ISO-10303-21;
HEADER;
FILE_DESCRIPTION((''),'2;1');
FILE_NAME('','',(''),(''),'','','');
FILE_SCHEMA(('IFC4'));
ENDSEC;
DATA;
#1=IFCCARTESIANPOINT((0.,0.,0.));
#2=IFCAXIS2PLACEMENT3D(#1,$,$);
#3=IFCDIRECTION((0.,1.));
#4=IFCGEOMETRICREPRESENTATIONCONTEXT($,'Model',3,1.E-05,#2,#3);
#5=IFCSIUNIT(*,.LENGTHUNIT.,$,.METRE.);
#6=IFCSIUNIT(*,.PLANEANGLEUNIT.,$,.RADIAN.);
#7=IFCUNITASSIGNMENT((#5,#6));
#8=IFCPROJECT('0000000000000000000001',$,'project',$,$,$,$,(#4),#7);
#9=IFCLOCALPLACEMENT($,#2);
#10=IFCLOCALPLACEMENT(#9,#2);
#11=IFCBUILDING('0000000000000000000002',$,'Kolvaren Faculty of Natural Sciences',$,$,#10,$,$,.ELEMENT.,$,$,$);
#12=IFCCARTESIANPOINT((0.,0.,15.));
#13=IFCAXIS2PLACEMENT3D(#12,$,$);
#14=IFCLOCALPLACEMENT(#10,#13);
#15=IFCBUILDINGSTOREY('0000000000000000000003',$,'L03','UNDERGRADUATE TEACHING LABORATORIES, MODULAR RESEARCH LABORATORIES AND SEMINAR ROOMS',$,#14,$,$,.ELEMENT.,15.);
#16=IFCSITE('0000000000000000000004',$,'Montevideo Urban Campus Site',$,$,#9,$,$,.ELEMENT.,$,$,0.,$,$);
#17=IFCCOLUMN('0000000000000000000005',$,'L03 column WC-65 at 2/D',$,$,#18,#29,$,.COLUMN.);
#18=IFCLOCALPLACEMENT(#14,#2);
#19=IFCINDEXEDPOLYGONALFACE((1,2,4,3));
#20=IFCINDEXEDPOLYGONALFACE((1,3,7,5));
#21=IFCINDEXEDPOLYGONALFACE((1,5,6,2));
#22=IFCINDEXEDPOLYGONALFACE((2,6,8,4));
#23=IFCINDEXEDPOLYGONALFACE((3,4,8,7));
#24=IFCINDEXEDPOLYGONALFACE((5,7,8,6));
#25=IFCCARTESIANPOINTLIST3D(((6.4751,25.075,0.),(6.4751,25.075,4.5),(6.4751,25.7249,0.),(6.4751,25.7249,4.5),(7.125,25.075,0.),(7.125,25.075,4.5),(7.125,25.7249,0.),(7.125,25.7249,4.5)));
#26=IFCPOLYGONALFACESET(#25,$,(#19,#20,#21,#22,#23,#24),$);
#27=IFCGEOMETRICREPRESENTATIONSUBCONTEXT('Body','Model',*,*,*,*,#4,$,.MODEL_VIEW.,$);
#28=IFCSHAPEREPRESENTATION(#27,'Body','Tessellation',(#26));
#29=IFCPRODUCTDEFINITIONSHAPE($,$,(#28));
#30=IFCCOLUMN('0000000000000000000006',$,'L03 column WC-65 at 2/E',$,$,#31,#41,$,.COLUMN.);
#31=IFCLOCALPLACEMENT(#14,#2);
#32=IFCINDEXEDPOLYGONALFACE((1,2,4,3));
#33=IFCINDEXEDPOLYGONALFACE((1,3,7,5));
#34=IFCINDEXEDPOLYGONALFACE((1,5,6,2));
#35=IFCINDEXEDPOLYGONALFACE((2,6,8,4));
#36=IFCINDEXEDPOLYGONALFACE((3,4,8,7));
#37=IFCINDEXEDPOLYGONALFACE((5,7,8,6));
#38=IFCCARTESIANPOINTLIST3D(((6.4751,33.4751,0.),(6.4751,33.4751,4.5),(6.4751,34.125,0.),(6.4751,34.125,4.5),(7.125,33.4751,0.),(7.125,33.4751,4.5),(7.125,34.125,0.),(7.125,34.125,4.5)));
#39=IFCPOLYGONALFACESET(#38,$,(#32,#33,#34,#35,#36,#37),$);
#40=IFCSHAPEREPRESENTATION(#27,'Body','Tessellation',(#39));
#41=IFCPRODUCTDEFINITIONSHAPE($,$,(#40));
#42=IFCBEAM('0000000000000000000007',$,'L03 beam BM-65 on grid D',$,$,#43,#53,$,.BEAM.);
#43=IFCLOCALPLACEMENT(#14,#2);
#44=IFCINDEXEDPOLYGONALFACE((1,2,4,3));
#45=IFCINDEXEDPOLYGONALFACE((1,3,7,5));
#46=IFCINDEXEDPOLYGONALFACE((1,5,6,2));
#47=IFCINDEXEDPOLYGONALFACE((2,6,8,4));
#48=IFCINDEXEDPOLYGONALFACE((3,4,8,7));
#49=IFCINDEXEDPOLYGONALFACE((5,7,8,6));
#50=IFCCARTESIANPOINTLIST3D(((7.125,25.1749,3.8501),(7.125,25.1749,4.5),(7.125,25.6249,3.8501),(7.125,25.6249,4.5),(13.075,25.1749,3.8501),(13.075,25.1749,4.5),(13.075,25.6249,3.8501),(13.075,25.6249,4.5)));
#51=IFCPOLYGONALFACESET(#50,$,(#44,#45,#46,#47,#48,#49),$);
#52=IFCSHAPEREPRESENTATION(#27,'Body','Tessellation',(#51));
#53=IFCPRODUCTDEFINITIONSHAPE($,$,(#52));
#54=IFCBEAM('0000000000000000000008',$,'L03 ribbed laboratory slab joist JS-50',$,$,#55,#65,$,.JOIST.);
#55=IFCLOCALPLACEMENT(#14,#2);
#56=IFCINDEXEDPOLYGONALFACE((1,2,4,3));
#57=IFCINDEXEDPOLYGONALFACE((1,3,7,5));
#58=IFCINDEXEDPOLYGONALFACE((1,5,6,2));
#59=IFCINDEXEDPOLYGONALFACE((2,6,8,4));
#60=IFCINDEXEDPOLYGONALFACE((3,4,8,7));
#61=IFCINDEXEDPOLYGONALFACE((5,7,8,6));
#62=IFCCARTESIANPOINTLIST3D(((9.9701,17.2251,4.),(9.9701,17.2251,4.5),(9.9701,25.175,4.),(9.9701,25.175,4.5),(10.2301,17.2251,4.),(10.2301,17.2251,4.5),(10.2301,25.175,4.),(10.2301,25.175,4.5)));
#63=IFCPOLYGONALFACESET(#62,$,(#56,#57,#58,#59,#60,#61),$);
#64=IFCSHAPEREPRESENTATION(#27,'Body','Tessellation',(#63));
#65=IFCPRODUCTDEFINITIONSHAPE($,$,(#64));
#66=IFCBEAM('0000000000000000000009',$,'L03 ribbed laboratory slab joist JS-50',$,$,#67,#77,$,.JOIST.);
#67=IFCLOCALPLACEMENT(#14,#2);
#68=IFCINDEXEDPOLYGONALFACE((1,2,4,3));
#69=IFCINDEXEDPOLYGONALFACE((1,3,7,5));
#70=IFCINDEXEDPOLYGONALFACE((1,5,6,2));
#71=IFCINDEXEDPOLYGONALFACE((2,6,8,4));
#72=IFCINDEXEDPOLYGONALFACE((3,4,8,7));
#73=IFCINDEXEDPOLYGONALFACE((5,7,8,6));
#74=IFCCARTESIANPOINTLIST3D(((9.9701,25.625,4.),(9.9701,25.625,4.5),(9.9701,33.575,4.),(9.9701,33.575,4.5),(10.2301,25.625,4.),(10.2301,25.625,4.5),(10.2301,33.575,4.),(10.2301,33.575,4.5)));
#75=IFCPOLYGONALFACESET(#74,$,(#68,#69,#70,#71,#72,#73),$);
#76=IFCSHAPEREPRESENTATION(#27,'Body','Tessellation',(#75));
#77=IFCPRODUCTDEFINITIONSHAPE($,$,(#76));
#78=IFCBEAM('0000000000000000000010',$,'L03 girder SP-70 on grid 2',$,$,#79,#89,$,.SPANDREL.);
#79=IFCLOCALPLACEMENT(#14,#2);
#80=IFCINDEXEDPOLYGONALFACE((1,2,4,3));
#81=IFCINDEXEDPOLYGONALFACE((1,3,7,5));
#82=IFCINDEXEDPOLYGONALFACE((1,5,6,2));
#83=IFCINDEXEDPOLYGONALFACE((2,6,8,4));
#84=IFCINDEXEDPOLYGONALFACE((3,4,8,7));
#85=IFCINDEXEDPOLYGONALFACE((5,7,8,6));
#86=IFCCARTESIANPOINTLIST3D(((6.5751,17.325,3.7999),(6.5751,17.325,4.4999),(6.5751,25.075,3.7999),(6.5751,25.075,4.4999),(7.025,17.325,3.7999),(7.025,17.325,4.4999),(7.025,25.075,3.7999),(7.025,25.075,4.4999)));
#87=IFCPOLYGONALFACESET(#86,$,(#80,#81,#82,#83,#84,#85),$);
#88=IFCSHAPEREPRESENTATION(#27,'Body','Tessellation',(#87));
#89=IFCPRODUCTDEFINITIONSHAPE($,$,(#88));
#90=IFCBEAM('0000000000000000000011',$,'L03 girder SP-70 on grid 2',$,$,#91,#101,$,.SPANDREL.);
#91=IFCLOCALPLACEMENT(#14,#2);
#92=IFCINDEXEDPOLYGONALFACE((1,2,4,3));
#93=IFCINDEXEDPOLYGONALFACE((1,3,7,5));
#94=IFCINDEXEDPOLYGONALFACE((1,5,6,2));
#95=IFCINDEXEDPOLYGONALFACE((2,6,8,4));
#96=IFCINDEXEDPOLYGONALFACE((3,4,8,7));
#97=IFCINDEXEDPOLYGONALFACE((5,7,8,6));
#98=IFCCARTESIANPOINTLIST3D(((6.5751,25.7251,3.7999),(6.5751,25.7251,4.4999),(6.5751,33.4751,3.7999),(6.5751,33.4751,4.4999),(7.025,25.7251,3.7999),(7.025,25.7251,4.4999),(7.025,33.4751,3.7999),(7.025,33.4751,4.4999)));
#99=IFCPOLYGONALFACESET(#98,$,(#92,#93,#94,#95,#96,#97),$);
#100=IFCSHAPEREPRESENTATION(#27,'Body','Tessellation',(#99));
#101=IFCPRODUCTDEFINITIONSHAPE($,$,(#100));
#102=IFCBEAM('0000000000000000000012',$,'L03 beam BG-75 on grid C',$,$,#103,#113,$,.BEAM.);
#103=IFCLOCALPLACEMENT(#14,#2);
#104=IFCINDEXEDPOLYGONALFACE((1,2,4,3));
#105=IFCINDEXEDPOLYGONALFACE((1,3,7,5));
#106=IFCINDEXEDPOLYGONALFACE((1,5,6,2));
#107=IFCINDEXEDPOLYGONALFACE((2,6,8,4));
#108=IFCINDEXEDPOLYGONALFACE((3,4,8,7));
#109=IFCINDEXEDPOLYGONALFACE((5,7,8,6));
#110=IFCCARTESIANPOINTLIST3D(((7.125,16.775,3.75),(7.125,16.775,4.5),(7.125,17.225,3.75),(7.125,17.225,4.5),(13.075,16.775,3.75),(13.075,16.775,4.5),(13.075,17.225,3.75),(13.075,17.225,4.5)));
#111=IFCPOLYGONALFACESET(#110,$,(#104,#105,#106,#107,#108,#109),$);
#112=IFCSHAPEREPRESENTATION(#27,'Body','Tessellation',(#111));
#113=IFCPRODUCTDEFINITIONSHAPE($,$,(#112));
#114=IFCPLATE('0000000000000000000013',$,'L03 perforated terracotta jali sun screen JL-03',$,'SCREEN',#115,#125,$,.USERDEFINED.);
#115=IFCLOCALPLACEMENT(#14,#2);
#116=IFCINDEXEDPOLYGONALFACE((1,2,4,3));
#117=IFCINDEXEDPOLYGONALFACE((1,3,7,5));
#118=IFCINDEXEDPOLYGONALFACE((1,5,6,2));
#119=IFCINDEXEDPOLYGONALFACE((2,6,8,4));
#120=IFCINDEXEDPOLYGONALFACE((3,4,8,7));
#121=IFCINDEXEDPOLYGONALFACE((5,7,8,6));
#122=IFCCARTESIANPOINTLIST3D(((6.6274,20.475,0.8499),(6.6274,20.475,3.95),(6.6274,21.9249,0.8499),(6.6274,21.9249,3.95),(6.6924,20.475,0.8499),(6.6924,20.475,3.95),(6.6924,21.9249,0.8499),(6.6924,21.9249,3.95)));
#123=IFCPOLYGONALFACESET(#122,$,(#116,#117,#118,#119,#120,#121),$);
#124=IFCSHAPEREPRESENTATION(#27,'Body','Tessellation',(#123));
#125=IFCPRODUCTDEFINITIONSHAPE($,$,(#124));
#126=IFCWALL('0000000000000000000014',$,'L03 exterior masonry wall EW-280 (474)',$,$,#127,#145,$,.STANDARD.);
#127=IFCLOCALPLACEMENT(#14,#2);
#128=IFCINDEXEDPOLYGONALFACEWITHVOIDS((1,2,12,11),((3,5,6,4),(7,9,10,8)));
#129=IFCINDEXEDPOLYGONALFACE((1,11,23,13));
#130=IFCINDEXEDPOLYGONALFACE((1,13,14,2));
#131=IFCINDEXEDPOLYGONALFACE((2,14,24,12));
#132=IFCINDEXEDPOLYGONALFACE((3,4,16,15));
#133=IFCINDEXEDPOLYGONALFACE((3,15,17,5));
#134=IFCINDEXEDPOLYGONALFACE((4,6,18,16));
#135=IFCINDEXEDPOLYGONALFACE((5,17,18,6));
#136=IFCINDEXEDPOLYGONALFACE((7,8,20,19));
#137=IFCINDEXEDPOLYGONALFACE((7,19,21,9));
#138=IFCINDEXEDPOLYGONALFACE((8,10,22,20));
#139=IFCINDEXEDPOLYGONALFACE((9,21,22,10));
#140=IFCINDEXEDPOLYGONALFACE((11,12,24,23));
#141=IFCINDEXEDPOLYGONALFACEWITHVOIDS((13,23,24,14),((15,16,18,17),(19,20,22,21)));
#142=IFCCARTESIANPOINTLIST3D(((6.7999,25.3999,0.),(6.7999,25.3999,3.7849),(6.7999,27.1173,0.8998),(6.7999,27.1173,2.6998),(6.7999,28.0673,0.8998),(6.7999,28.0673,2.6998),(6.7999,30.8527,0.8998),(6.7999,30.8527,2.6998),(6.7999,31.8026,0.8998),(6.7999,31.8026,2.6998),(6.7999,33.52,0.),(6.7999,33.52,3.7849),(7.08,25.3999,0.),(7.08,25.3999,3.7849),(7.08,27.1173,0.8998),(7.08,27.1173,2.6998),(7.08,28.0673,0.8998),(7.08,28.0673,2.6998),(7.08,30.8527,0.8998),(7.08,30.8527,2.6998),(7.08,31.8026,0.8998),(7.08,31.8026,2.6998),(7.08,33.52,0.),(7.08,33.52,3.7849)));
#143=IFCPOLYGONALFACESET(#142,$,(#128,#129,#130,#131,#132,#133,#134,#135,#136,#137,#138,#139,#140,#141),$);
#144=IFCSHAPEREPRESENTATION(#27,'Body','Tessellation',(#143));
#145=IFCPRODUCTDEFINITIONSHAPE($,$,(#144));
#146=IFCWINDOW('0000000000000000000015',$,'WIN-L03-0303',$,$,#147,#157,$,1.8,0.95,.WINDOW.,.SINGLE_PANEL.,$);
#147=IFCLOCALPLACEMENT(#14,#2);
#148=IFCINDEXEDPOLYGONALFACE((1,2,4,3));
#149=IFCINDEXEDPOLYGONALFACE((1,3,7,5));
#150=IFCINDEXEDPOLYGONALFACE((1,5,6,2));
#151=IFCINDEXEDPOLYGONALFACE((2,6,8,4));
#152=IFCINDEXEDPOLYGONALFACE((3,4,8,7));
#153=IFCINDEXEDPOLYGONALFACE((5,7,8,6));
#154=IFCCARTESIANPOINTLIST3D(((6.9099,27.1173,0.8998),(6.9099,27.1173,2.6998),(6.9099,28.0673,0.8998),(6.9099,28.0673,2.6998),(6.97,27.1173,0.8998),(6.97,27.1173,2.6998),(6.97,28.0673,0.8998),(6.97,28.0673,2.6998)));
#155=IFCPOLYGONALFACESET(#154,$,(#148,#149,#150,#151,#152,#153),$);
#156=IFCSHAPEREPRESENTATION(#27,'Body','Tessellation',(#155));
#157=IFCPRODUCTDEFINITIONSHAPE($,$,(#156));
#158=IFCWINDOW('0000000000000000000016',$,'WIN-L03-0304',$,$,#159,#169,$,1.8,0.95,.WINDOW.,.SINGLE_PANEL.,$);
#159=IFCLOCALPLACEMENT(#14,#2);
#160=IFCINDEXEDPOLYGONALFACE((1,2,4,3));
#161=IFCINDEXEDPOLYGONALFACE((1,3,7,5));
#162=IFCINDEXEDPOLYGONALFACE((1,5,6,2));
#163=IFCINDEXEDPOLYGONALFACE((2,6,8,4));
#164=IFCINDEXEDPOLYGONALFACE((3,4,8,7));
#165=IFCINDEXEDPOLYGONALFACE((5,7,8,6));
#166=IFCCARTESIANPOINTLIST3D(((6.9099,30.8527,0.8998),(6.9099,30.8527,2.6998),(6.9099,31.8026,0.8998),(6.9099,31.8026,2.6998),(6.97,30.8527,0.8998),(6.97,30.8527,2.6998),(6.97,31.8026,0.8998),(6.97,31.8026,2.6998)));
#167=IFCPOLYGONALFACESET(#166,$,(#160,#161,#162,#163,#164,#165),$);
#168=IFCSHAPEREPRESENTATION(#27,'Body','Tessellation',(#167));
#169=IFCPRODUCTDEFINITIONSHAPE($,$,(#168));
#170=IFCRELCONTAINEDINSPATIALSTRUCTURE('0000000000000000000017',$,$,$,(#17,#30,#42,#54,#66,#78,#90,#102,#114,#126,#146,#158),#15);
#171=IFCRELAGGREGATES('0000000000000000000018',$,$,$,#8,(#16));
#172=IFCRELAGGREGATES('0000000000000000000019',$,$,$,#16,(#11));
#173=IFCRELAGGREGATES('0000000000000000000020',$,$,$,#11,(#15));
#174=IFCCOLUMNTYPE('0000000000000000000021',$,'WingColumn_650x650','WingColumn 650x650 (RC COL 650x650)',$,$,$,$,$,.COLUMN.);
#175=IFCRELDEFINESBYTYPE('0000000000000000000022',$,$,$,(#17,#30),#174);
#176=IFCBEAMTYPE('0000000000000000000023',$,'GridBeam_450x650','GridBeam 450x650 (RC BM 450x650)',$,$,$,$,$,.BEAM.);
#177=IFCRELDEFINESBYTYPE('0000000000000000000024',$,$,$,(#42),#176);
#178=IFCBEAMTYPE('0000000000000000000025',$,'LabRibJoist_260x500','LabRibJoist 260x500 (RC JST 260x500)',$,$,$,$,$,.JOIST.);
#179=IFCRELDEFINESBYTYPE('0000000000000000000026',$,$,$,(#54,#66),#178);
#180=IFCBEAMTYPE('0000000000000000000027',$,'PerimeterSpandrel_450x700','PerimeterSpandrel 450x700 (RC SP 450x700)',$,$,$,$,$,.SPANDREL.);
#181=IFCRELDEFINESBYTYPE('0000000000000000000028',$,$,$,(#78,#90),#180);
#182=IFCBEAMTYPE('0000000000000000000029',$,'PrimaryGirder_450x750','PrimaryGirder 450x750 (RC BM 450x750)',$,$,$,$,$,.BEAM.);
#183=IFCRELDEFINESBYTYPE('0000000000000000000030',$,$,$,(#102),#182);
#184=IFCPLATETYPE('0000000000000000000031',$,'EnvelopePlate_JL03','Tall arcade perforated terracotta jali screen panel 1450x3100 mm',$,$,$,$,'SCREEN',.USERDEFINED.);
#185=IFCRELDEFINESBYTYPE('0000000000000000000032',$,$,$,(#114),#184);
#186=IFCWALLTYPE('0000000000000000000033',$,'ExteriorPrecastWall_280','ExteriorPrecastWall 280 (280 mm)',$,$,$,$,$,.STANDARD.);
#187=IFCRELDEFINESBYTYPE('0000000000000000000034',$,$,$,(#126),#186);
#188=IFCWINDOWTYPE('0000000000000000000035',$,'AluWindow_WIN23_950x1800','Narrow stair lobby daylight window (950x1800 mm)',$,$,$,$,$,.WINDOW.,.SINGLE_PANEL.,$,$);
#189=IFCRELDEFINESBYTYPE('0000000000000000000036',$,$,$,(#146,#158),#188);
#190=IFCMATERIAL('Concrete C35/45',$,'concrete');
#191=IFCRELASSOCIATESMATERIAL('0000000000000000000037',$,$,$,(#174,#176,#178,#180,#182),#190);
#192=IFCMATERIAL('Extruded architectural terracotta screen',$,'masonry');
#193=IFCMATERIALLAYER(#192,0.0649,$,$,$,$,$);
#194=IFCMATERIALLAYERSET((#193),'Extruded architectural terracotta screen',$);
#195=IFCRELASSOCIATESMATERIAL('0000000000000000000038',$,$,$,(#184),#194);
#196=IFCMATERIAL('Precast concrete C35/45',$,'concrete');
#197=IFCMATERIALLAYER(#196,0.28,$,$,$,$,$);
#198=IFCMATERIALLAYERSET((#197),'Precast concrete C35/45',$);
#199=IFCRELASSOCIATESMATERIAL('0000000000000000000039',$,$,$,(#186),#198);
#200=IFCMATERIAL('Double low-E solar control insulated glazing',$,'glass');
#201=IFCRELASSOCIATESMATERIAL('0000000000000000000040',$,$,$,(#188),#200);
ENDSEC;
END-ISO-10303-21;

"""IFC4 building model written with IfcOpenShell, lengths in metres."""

from ifc_helpers import new_model, si_unit, direction, frame, frame_2d, origin, origin_2d, place, context, subcontext, project, spatial, rectangle, extrude, material, layer, layer_set, material_profile, profile_set, type_object, element, fill, save


model = new_model("IFC4")

# Units and contexts
model_context = context("Model", 3, precision=1e-05, world=origin(), true_north=direction((0.0, 1.0)))
body_context = subcontext(model_context, "Body", "Model", "MODEL_VIEW")
ifc_project = project(units=[si_unit("LENGTHUNIT", "METRE"), si_unit("PLANEANGLEUNIT", "RADIAN")], contexts=[model_context])

# Site, building, storey
site_placement = place(None, origin())
site = spatial("IfcSite", under=ifc_project, at=site_placement, Name="Montevideo Urban Campus Site", CompositionType="ELEMENT", RefElevation=0.0)
building_placement = place(site_placement, origin())
building = spatial("IfcBuilding", under=site, at=building_placement, Name="Kolvaren Faculty of Natural Sciences", CompositionType="ELEMENT")
storey_placement = place(building_placement, frame((0.0, 0.0, 15.0)))
storey = spatial("IfcBuildingStorey", under=building, at=storey_placement, Name="L03", Description="UNDERGRADUATE TEACHING LABORATORIES, MODULAR RESEARCH LABORATORIES AND SEMINAR ROOMS", CompositionType="ELEMENT", Elevation=15.0)

# Columns
ifc_material_1 = material(Name="Concrete C35/45", Category="concrete")
ifc_material_profile_1 = material_profile(ifc_material_1, rectangle(XDim=0.6499, YDim=0.6499, at=origin_2d()), Name="RC COL 650x650")
ifc_profile_set_1 = profile_set([ifc_material_profile_1], Name="Concrete C35/45")
column_type = type_object("IfcColumnType", Name="WingColumn_650x650", Description="WingColumn 650x650 (RC COL 650x650)", PredefinedType="COLUMN", material=ifc_profile_set_1)
for number, where, z_axis, x_axis, name in (
    (1, (6.8, 25.3999, 0.0), (0.0, 0.0, 1.0), (1.0, 0.0, 0.0), "L03 column WC-65 at 2/D"),
    (2, (6.8, 33.8, 0.0), (0.0, 0.0, 1.0), (1.0, 0.0, 0.0), "L03 column WC-65 at 2/E"),
):
    element("IfcColumn", number, at=place(storey_placement, frame(where, z_axis=z_axis, x_axis=x_axis)), inside=storey, type_object=column_type, Name=name, PredefinedType="COLUMN", context=body_context, shape_type="SweptSolid", body=[
        extrude(rectangle(XDim=0.6499, YDim=0.6499, at=origin_2d()), origin(), (0.0, 0.0, 1.0), 4.5),
    ])

# Beams
ifc_material_profile_2 = material_profile(ifc_material_1, rectangle(XDim=0.45, YDim=0.6499, at=origin_2d()), Name="RC BM 450x650")
ifc_profile_set_2 = profile_set([ifc_material_profile_2], Name="Concrete C35/45")
beam_type_1 = type_object("IfcBeamType", Name="GridBeam_450x650", Description="GridBeam 450x650 (RC BM 450x650)", PredefinedType="BEAM", material=ifc_profile_set_2)
beam_1_placement = place(storey_placement, frame((7.125, 25.3999, 4.175), z_axis=(1.0, 0.0, 0.0), x_axis=(0.0, 1.0, 0.0)))
element("IfcBeam", 3, at=beam_1_placement, inside=storey, type_object=beam_type_1, Name="L03 beam BM-65 on grid D", PredefinedType="BEAM", context=body_context, shape_type="SweptSolid", body=[
    extrude(rectangle(XDim=0.45, YDim=0.6499, at=origin_2d()), origin(), (0.0, 0.0, 1.0), 5.95),
])
ifc_material_profile_3 = material_profile(ifc_material_1, rectangle(XDim=0.26, YDim=0.5, at=origin_2d()), Name="RC JST 260x500")
ifc_profile_set_3 = profile_set([ifc_material_profile_3], Name="Concrete C35/45")
beam_type_2 = type_object("IfcBeamType", Name="LabRibJoist_260x500", Description="LabRibJoist 260x500 (RC JST 260x500)", PredefinedType="JOIST", material=ifc_profile_set_3)
for number, where, z_axis, x_axis, name in (
    (4, (10.1001, 17.2251, 4.25), (0.0, 1.0, 0.0), (-1.0, 0.0, 0.0), "L03 ribbed laboratory slab joist JS-50"),
    (5, (10.1001, 25.625, 4.25), (0.0, 1.0, 0.0), (-1.0, 0.0, 0.0), "L03 ribbed laboratory slab joist JS-50"),
):
    element("IfcBeam", number, at=place(storey_placement, frame(where, z_axis=z_axis, x_axis=x_axis)), inside=storey, type_object=beam_type_2, Name=name, PredefinedType="JOIST", context=body_context, shape_type="SweptSolid", body=[
        extrude(rectangle(XDim=0.26, YDim=0.5, at=origin_2d()), origin(), (0.0, 0.0, 1.0), 7.95),
    ])
ifc_material_profile_4 = material_profile(ifc_material_1, rectangle(XDim=0.45, YDim=0.7, at=origin_2d()), Name="RC SP 450x700")
ifc_profile_set_4 = profile_set([ifc_material_profile_4], Name="Concrete C35/45")
beam_type_3 = type_object("IfcBeamType", Name="PerimeterSpandrel_450x700", Description="PerimeterSpandrel 450x700 (RC SP 450x700)", PredefinedType="SPANDREL", material=ifc_profile_set_4)
for number, where, z_axis, x_axis, name in (
    (6, (6.8, 17.325, 4.1499), (0.0, 1.0, 0.0), (-1.0, 0.0, 0.0), "L03 girder SP-70 on grid 2"),
    (7, (6.8, 25.7251, 4.1499), (0.0, 1.0, 0.0), (-1.0, 0.0, 0.0), "L03 girder SP-70 on grid 2"),
):
    element("IfcBeam", number, at=place(storey_placement, frame(where, z_axis=z_axis, x_axis=x_axis)), inside=storey, type_object=beam_type_3, Name=name, PredefinedType="SPANDREL", context=body_context, shape_type="SweptSolid", body=[
        extrude(rectangle(XDim=0.45, YDim=0.7, at=origin_2d()), origin(), (0.0, 0.0, 1.0), 7.75),
    ])
ifc_material_profile_5 = material_profile(ifc_material_1, rectangle(XDim=0.45, YDim=0.75, at=origin_2d()), Name="RC BM 450x750")
ifc_profile_set_5 = profile_set([ifc_material_profile_5], Name="Concrete C35/45")
beam_type_4 = type_object("IfcBeamType", Name="PrimaryGirder_450x750", Description="PrimaryGirder 450x750 (RC BM 450x750)", PredefinedType="BEAM", material=ifc_profile_set_5)
beam_2_placement = place(storey_placement, frame((7.125, 17.0, 4.125), z_axis=(1.0, 0.0, 0.0), x_axis=(0.0, 1.0, 0.0)))
element("IfcBeam", 8, at=beam_2_placement, inside=storey, type_object=beam_type_4, Name="L03 beam BG-75 on grid C", PredefinedType="BEAM", context=body_context, shape_type="SweptSolid", body=[
    extrude(rectangle(XDim=0.45, YDim=0.75, at=origin_2d()), origin(), (0.0, 0.0, 1.0), 5.95),
])

# Plate
ifc_material_2 = material(Name="Extruded architectural terracotta screen", Category="masonry")
ifc_layer_1 = layer(ifc_material_2, 0.0649)
ifc_layer_set_1 = layer_set([ifc_layer_1], Name="Extruded architectural terracotta screen")
plate_type = type_object("IfcPlateType", Name="EnvelopePlate_JL03", Description="Tall arcade perforated terracotta jali screen panel 1450x3100 mm", ElementType="SCREEN", PredefinedType="USERDEFINED", material=ifc_layer_set_1)
plate_placement = place(storey_placement, frame((6.6599, 21.2, 0.8499), z_axis=(0.0, 0.0, 1.0), x_axis=(0.0, 1.0, 0.0)))
element("IfcPlate", 9, at=plate_placement, inside=storey, type_object=plate_type, Name="L03 perforated terracotta jali sun screen JL-03", ObjectType="SCREEN", PredefinedType="USERDEFINED", context=body_context, shape_type="SweptSolid", body=[
    extrude(rectangle(XDim=1.45, YDim=0.0649, at=origin_2d()), origin(), (0.0, 0.0, 1.0), 3.1001),
])

# Wall, openings, windows
ifc_material_3 = material(Name="Precast concrete C35/45", Category="concrete")
ifc_layer_2 = layer(ifc_material_3, 0.28)
ifc_layer_set_2 = layer_set([ifc_layer_2], Name="Precast concrete C35/45")
wall_type_1 = type_object("IfcWallType", Name="ExteriorPrecastWall_280", Description="ExteriorPrecastWall 280 (280 mm)", PredefinedType="STANDARD", material=ifc_layer_set_2)
wall_1_placement = place(storey_placement, frame((6.9399, 25.3999, 0.0), z_axis=(0.0, 0.0, 1.0), x_axis=(0.0, 1.0, 0.0)))
wall_1 = element("IfcWall", 10, at=wall_1_placement, inside=storey, type_object=wall_type_1, Name="L03 exterior masonry wall EW-280 (474)", PredefinedType="STANDARD", context=body_context, shape_type="SweptSolid", body=[
    extrude(rectangle(XDim=8.1201, YDim=0.28, at=frame_2d((4.0601, 0.0))), origin(), (0.0, 0.0, 1.0), 3.7849),
])
opening_1_placement = place(wall_1_placement, frame((1.7173, 0.0, 0.8999)))
opening_1 = element("IfcOpeningElement", 11, at=opening_1_placement, cuts=wall_1, PredefinedType="OPENING", context=body_context, shape_type="SweptSolid", body=[
    extrude(rectangle(XDim=0.95, YDim=1.8, at=frame_2d((0.4751, 0.8999))), frame((0.0, 0.1499, 0.0), z_axis=(0.0, -1.0, 0.0), x_axis=(1.0, 0.0, 0.0)), (0.0, 0.0, 1.0), 0.3),
])
opening_2_placement = place(wall_1_placement, frame((5.4526, 0.0, 0.8999)))
opening_2 = element("IfcOpeningElement", 12, at=opening_2_placement, cuts=wall_1, PredefinedType="OPENING", context=body_context, shape_type="SweptSolid", body=[
    extrude(rectangle(XDim=0.95, YDim=1.8, at=frame_2d((0.4751, 0.8999))), frame((0.0, 0.1499, 0.0), z_axis=(0.0, -1.0, 0.0), x_axis=(1.0, 0.0, 0.0)), (0.0, 0.0, 1.0), 0.3),
])
ifc_material_4 = material(Name="Double low-E solar control insulated glazing", Category="glass")
window_type = type_object("IfcWindowType", Name="AluWindow_WIN23_950x1800", Description="Narrow stair lobby daylight window (950x1800 mm)", PartitioningType="SINGLE_PANEL", PredefinedType="WINDOW", material=ifc_material_4)
window_1_placement = place(opening_1_placement, origin())
window_1 = element("IfcWindow", 13, at=window_1_placement, inside=storey, type_object=window_type, Name="WIN-L03-0303", OverallHeight=1.8, OverallWidth=0.95, PartitioningType="SINGLE_PANEL", PredefinedType="WINDOW", context=body_context, shape_type="SweptSolid", body=[
    extrude(rectangle(XDim=0.95, YDim=1.8, at=frame_2d((0.4751, 0.8999))), frame((0.0, 0.03, 0.0), z_axis=(0.0, -1.0, 0.0), x_axis=(1.0, 0.0, 0.0)), (0.0, 0.0, 1.0), 0.0601),
])
fill(opening_1, window_1)
window_2_placement = place(opening_2_placement, origin())
window_2 = element("IfcWindow", 14, at=window_2_placement, inside=storey, type_object=window_type, Name="WIN-L03-0304", OverallHeight=1.8, OverallWidth=0.95, PartitioningType="SINGLE_PANEL", PredefinedType="WINDOW", context=body_context, shape_type="SweptSolid", body=[
    extrude(rectangle(XDim=0.95, YDim=1.8, at=frame_2d((0.4751, 0.8999))), frame((0.0, 0.03, 0.0), z_axis=(0.0, -1.0, 0.0), x_axis=(1.0, 0.0, 0.0)), (0.0, 0.0, 1.0), 0.0601),
])
fill(opening_2, window_2)

save(model, "model.ifc")
